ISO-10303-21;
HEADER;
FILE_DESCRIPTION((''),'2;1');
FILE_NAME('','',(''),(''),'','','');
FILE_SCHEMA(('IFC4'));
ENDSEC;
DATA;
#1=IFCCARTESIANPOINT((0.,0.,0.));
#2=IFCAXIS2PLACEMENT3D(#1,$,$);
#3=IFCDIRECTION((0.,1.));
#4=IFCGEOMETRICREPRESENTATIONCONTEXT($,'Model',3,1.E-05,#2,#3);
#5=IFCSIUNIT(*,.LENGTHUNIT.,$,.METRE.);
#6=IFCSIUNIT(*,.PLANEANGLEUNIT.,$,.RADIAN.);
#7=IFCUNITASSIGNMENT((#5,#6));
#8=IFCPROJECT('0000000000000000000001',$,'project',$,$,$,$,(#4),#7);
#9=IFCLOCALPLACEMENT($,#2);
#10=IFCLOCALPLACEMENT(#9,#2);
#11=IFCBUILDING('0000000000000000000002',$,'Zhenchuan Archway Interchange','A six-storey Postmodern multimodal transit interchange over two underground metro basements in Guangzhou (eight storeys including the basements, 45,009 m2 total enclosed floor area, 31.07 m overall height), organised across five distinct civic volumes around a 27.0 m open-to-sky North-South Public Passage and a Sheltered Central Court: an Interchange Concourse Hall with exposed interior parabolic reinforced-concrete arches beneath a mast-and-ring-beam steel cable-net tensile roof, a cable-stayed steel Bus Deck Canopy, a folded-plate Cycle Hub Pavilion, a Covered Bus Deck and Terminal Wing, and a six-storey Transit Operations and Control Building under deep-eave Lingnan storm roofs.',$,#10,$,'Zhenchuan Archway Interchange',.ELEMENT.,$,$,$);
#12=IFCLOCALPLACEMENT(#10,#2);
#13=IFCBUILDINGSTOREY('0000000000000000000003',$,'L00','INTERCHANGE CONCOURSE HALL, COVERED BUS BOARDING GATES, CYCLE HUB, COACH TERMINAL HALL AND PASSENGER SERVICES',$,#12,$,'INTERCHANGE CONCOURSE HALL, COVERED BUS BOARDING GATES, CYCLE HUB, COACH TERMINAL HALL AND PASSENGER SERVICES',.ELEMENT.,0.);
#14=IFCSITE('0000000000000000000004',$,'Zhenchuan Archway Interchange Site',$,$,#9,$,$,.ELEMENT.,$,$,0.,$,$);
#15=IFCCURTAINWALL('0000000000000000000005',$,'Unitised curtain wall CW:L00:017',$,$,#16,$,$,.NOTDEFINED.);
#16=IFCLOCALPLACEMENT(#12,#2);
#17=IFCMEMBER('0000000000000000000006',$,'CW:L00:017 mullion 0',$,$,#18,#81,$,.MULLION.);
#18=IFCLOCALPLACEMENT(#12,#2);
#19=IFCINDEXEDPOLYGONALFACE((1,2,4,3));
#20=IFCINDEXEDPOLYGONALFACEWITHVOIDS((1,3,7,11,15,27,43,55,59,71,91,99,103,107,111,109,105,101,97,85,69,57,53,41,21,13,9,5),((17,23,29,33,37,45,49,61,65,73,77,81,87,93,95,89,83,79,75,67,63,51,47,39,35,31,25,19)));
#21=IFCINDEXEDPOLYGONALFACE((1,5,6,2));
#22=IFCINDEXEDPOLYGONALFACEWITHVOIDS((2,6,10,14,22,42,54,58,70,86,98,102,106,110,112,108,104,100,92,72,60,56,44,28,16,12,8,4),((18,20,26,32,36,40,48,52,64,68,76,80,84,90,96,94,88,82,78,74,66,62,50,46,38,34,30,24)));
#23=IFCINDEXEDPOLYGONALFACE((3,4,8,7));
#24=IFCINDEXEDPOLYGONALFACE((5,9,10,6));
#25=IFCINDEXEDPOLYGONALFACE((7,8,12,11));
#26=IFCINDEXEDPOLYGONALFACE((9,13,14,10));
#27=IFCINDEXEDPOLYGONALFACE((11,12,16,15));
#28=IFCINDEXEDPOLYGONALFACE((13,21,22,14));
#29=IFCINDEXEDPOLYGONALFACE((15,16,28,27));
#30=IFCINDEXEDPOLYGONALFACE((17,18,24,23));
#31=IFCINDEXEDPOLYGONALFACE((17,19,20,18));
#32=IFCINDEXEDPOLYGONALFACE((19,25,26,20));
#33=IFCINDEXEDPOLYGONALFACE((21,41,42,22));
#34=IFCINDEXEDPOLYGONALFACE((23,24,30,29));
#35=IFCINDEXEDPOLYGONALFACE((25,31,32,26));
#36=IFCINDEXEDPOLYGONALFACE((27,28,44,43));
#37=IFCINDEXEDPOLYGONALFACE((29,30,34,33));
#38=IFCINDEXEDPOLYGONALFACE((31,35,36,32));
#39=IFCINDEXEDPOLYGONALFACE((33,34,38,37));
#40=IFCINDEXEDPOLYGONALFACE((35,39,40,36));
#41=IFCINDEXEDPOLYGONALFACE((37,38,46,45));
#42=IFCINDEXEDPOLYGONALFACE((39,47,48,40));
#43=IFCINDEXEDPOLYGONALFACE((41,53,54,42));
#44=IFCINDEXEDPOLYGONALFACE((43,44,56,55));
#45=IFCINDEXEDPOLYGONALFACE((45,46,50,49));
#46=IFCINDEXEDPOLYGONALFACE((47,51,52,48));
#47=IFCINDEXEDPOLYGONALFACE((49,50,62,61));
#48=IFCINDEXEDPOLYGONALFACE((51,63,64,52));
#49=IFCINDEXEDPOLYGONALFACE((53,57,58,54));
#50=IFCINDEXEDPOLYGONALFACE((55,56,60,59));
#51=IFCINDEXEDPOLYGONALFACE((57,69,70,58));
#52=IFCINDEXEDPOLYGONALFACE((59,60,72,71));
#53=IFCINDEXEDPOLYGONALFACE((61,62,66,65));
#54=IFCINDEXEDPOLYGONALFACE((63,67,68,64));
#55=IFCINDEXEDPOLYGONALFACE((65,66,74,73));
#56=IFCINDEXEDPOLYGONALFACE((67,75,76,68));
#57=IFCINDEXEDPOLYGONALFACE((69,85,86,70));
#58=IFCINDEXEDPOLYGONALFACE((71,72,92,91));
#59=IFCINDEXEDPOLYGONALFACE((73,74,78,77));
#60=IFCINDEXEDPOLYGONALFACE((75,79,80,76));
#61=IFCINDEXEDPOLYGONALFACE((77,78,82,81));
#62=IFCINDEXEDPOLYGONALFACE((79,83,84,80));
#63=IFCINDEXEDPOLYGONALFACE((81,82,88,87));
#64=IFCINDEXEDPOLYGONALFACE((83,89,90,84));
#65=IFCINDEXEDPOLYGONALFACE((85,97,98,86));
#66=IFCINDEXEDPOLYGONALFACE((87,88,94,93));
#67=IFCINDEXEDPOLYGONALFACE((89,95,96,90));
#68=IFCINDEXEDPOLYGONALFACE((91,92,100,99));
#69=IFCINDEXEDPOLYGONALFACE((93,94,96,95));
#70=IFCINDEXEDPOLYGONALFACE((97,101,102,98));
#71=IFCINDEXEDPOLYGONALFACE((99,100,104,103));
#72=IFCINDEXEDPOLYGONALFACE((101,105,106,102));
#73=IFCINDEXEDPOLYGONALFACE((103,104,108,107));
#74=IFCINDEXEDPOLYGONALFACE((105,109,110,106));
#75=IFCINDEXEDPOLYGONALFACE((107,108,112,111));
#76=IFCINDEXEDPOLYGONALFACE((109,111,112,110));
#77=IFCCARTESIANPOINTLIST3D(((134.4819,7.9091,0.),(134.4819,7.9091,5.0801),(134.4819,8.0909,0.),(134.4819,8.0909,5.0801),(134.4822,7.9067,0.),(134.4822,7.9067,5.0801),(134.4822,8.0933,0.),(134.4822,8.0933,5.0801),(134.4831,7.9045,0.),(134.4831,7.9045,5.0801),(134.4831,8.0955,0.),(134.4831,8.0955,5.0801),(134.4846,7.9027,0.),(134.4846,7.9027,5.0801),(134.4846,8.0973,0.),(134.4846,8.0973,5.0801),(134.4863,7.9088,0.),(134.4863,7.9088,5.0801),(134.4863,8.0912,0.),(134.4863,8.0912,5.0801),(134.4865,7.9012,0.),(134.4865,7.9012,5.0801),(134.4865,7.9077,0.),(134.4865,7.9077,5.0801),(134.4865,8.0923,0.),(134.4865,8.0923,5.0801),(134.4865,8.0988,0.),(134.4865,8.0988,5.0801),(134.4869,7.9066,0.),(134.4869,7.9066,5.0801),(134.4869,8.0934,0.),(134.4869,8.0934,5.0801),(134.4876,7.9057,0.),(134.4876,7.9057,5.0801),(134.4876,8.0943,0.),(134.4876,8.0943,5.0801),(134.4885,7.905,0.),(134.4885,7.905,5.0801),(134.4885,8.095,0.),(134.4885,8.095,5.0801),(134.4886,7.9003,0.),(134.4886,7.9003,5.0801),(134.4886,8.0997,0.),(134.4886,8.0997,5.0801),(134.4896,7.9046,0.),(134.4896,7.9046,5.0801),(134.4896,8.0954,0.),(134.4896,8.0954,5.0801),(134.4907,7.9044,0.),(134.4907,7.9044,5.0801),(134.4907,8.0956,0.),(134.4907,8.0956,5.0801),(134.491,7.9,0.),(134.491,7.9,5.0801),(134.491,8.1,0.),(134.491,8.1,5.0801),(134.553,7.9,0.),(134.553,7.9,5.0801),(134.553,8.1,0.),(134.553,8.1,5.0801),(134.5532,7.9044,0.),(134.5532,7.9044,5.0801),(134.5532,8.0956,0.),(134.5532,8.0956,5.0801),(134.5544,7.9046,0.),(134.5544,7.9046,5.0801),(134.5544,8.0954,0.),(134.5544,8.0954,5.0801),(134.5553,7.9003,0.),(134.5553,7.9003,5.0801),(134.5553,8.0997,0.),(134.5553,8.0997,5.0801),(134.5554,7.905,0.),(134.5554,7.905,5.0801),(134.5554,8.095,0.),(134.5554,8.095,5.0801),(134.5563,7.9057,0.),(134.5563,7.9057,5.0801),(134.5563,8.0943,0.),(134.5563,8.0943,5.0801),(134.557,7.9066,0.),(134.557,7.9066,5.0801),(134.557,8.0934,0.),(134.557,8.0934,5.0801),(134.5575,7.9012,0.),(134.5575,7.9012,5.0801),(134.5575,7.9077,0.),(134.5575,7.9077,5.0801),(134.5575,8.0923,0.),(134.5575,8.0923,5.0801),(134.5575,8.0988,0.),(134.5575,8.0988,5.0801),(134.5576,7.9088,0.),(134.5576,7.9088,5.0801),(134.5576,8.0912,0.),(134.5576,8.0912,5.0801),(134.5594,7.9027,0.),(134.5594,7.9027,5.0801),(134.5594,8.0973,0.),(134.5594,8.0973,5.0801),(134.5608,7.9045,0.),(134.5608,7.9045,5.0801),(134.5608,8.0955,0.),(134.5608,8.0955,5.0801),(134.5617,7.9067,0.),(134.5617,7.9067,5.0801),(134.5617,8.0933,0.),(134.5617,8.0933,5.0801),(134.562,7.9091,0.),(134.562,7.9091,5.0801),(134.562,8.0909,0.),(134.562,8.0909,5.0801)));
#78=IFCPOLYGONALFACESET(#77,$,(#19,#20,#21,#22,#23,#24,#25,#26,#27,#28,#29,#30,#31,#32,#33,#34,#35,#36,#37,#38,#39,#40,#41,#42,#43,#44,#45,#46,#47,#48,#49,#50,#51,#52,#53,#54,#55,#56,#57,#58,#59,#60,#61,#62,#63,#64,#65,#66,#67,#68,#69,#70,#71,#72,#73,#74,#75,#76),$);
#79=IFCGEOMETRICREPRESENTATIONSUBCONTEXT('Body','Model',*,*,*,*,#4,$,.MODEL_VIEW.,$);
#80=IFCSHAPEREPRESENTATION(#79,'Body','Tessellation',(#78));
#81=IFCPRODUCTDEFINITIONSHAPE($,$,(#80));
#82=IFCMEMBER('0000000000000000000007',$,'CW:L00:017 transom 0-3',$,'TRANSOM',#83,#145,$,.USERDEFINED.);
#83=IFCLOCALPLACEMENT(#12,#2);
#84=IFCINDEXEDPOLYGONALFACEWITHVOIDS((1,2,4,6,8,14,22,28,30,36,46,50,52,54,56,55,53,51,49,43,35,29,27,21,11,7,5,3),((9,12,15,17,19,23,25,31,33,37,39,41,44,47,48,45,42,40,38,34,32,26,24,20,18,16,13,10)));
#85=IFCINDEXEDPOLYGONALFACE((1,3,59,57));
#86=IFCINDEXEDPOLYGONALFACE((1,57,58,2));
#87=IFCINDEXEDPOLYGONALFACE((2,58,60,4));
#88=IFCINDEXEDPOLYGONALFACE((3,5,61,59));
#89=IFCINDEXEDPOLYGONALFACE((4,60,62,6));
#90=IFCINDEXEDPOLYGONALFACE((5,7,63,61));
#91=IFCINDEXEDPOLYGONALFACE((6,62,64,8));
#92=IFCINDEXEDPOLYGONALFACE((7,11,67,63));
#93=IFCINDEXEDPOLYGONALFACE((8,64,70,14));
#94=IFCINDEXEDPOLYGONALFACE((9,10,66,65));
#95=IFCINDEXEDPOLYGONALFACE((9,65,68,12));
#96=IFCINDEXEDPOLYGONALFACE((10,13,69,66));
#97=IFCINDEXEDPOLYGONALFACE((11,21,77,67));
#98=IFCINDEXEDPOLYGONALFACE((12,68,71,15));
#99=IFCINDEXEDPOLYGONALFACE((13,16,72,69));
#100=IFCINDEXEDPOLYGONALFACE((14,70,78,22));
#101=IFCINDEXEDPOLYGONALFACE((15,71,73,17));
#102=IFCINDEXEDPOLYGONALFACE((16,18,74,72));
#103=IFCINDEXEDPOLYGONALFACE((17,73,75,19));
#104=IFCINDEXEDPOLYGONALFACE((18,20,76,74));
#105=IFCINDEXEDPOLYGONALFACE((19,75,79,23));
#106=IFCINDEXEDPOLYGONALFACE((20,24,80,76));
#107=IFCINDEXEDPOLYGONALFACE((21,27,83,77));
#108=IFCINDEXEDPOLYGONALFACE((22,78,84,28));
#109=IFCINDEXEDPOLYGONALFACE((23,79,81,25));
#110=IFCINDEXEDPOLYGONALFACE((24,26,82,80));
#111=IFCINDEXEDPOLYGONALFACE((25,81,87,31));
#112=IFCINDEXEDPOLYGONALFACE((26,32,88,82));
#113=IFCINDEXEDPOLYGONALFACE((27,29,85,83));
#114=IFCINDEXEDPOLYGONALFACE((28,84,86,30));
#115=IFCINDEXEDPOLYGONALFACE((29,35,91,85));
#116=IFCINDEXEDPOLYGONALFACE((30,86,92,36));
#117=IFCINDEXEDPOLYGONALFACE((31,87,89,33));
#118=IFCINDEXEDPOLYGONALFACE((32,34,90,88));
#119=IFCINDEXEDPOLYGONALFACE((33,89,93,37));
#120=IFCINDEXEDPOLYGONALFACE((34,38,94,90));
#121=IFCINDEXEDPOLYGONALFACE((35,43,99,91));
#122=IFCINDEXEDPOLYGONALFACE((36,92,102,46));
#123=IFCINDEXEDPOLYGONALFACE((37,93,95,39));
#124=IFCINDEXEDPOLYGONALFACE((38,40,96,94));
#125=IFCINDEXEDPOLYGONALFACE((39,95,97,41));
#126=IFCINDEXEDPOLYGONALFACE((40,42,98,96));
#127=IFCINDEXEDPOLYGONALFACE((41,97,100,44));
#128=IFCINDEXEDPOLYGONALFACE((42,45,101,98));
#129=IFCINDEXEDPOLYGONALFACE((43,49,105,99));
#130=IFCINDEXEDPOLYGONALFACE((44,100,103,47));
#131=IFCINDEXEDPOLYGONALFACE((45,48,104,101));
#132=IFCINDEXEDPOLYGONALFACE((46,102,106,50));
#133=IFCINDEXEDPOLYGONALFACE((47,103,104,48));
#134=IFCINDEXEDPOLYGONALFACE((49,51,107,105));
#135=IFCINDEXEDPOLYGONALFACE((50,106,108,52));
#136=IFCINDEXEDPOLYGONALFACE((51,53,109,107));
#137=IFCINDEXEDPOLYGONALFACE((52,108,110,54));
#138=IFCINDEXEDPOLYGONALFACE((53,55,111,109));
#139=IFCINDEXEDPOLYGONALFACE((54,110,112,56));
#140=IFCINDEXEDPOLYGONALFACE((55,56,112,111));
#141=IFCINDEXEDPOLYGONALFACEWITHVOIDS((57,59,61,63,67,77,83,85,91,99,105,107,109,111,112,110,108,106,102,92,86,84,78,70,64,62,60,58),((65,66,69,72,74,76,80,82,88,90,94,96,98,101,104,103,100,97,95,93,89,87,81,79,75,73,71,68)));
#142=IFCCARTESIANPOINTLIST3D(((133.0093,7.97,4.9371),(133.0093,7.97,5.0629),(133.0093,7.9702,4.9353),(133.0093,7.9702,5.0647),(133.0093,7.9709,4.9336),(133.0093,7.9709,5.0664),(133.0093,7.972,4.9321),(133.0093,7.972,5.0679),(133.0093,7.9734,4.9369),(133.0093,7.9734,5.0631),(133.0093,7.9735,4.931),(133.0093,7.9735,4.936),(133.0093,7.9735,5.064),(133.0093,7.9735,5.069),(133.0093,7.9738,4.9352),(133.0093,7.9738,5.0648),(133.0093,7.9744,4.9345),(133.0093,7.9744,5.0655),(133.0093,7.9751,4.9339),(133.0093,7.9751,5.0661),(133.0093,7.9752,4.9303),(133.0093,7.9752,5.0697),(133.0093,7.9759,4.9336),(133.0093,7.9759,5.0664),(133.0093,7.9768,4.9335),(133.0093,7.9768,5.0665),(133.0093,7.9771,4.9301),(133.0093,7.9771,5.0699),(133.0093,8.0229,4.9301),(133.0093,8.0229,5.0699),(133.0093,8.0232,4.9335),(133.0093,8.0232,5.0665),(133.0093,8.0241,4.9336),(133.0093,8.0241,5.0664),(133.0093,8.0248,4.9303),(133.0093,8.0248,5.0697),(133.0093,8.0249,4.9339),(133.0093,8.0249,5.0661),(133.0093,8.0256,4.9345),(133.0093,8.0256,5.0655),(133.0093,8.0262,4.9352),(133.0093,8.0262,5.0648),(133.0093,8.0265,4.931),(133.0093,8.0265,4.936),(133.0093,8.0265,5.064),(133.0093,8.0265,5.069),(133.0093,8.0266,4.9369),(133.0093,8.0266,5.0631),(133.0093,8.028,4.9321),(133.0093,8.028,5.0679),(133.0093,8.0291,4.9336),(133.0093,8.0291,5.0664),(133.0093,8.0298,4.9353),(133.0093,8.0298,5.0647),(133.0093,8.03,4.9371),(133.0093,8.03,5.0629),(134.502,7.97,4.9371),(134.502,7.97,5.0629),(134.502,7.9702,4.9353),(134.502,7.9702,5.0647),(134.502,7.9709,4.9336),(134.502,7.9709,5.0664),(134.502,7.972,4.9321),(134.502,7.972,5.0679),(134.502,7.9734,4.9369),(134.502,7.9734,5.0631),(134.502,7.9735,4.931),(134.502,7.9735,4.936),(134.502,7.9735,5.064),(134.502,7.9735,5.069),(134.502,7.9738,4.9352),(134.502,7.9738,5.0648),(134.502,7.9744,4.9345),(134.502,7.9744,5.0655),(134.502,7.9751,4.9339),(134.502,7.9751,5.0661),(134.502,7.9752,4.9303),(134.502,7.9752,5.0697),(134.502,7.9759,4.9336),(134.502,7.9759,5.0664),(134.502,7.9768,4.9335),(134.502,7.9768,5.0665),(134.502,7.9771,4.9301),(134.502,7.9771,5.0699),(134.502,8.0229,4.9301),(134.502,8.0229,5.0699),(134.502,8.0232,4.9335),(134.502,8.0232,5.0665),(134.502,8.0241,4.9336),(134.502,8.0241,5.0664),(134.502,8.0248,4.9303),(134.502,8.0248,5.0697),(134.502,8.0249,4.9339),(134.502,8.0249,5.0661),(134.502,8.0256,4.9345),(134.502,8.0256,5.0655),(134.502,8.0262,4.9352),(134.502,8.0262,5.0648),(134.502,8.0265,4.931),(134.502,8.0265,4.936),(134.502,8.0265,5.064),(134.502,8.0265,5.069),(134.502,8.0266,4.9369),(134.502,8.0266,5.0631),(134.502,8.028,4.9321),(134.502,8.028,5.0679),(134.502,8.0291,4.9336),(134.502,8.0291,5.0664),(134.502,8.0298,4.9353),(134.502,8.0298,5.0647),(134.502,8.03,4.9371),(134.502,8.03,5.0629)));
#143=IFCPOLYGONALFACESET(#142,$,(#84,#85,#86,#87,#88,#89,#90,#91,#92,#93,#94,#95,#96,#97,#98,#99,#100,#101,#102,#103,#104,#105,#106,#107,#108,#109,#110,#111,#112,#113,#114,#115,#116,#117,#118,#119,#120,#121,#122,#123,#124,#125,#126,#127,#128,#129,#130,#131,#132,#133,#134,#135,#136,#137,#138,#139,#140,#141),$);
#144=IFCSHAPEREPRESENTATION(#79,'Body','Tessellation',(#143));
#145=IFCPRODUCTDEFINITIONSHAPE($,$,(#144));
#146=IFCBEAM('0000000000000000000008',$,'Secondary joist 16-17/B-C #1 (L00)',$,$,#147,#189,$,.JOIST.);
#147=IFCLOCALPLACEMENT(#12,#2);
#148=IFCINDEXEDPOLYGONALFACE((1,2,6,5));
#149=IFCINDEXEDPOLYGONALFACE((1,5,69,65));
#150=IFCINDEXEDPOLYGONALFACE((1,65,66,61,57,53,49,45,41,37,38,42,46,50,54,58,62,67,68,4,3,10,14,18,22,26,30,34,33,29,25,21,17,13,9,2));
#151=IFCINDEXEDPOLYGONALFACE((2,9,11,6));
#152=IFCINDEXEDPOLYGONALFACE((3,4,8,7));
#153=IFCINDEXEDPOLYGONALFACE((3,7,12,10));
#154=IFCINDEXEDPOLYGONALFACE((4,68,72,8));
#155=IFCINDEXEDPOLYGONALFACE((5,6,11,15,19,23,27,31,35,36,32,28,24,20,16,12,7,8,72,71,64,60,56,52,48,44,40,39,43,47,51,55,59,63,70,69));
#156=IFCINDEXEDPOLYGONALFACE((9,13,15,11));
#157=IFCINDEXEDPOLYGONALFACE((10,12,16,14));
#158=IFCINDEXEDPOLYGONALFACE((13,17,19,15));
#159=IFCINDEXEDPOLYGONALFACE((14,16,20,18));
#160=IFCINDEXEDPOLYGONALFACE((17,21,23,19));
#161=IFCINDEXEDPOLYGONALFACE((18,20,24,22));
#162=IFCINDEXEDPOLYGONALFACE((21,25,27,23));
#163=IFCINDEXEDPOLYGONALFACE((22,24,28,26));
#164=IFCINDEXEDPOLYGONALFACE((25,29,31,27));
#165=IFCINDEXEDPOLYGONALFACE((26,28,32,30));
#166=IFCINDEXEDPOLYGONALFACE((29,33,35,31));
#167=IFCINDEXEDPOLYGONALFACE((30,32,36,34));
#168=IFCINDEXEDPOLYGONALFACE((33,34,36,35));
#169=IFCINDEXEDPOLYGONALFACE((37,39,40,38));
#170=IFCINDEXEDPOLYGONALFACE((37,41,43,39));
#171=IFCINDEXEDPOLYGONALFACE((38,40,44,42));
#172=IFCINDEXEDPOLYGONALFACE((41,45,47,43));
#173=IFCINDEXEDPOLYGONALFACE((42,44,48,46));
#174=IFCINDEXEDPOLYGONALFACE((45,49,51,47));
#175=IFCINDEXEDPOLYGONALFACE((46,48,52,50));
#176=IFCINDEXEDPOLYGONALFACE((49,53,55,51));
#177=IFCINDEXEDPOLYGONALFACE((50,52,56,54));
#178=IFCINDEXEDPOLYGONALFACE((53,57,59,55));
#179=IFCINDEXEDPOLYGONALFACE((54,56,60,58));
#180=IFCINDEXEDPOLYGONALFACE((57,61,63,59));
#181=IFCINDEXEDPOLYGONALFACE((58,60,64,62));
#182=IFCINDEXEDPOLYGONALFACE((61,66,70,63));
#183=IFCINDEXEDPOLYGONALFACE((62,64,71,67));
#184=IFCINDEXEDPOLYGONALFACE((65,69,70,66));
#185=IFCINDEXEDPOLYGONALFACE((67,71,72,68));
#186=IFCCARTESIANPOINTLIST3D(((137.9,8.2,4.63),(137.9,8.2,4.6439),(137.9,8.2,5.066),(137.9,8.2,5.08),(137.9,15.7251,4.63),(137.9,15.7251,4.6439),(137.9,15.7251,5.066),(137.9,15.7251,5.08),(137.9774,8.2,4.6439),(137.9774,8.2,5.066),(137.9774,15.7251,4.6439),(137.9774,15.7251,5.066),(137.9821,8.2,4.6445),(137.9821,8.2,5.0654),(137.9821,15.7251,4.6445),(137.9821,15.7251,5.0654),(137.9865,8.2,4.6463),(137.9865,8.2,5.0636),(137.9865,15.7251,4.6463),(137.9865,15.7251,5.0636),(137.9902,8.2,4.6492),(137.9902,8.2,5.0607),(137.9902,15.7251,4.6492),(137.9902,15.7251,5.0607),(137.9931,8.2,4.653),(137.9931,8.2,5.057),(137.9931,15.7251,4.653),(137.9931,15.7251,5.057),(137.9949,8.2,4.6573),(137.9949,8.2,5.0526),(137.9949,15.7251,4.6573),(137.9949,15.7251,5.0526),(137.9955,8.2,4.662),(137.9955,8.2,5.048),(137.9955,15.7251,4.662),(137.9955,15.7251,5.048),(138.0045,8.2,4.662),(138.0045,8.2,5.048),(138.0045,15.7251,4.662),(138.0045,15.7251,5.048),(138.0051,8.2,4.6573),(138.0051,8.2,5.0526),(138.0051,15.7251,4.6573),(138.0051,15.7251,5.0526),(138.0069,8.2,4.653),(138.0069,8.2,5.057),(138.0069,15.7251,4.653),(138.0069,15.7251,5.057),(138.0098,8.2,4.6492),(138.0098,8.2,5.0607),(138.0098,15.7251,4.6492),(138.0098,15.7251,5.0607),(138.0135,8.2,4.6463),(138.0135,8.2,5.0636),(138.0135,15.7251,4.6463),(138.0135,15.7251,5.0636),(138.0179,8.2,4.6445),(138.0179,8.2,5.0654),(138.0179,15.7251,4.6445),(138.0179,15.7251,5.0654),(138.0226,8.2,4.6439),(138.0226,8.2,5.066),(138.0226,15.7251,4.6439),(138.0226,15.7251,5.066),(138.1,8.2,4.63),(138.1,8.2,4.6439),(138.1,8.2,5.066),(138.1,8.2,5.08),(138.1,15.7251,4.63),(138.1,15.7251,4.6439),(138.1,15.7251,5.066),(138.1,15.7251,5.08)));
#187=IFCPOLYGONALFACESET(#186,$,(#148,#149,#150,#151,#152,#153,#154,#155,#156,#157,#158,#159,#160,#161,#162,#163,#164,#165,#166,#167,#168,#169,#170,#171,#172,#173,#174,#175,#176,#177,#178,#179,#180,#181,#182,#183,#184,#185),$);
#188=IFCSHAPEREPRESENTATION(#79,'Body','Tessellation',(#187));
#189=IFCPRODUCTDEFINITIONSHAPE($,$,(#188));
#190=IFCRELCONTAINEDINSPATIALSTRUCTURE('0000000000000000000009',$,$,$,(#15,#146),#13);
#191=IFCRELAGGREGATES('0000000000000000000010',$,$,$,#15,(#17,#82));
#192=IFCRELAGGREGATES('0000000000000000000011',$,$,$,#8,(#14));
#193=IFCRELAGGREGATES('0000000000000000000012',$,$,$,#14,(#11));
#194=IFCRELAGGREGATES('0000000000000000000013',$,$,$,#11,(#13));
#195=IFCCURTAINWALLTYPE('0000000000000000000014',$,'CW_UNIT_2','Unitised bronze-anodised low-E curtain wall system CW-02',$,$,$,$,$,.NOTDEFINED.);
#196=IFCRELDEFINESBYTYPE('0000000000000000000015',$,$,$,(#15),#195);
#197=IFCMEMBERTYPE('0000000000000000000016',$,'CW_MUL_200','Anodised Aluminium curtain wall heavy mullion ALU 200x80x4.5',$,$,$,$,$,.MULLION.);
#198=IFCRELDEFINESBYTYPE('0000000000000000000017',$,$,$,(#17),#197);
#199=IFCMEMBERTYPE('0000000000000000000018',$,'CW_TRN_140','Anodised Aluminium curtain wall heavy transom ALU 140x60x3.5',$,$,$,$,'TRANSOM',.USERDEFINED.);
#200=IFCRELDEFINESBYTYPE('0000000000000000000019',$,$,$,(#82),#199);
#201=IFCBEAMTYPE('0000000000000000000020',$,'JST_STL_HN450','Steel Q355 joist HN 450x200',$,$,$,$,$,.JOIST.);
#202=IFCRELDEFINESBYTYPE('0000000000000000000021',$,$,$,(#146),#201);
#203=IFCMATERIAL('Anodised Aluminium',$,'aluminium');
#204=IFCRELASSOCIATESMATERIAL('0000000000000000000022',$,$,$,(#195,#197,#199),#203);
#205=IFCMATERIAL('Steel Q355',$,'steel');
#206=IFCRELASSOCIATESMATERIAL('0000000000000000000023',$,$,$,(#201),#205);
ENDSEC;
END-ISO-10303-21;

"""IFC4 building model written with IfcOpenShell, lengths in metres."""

from ifc_helpers import new_model, si_unit, direction, frame, origin, origin_2d, place, context, subcontext, project, spatial, hollow_rectangle, i_section, extrude, material, material_profile, profile_set, type_object, element, aggregate, save


model = new_model("IFC4")

# Units and contexts
model_context = context("Model", 3, precision=1e-05, world=origin(), true_north=direction((0.0, 1.0)))
body_context = subcontext(model_context, "Body", "Model", "MODEL_VIEW")
ifc_project = project(units=[si_unit("LENGTHUNIT", "METRE"), si_unit("PLANEANGLEUNIT", "RADIAN")], contexts=[model_context])

# Site, building, storey
site_placement = place(None, origin())
site = spatial("IfcSite", under=ifc_project, at=site_placement, Name="Zhenchuan Archway Interchange Site", CompositionType="ELEMENT", RefElevation=0.0)
building_placement = place(site_placement, origin())
building = spatial("IfcBuilding", under=site, at=building_placement, Name="Zhenchuan Archway Interchange", Description="A six-storey Postmodern multimodal transit interchange over two underground metro basements in Guangzhou (eight storeys including the basements, 45,009 m2 total enclosed floor area, 31.07 m overall height), organised across five distinct civic volumes around a 27.0 m open-to-sky North-South Public Passage and a Sheltered Central Court: an Interchange Concourse Hall with exposed interior parabolic reinforced-concrete arches beneath a mast-and-ring-beam steel cable-net tensile roof, a cable-stayed steel Bus Deck Canopy, a folded-plate Cycle Hub Pavilion, a Covered Bus Deck and Terminal Wing, and a six-storey Transit Operations and Control Building under deep-eave Lingnan storm roofs.", LongName="Zhenchuan Archway Interchange", CompositionType="ELEMENT")
storey_placement = place(building_placement, origin())
storey = spatial("IfcBuildingStorey", under=building, at=storey_placement, Name="L00", Description="INTERCHANGE CONCOURSE HALL, COVERED BUS BOARDING GATES, CYCLE HUB, COACH TERMINAL HALL AND PASSENGER SERVICES", LongName="INTERCHANGE CONCOURSE HALL, COVERED BUS BOARDING GATES, CYCLE HUB, COACH TERMINAL HALL AND PASSENGER SERVICES", CompositionType="ELEMENT", Elevation=0.0)

# Curtain wall, members
ifc_material_1 = material(Name="Anodised Aluminium", Category="aluminium")
curtain_wall_type = type_object("IfcCurtainWallType", Name="CW_UNIT_2", Description="Unitised bronze-anodised low-E curtain wall system CW-02", PredefinedType="NOTDEFINED", material=ifc_material_1)
curtain_wall_placement = place(storey_placement, origin())
curtain_wall = element("IfcCurtainWall", 1, at=curtain_wall_placement, inside=storey, type_object=curtain_wall_type, Name="Unitised curtain wall CW:L00:017", PredefinedType="NOTDEFINED")
ifc_material_profile_1 = material_profile(ifc_material_1, hollow_rectangle(XDim=0.0801, YDim=0.2, WallThickness=0.0044, InnerFilletRadius=0.0044, OuterFilletRadius=0.009, at=origin_2d()), Name="ALU 200x80x4.5")
ifc_profile_set_1 = profile_set([ifc_material_profile_1], Name="Anodised Aluminium")
member_type_1 = type_object("IfcMemberType", Name="CW_MUL_200", Description="Anodised Aluminium curtain wall heavy mullion ALU 200x80x4.5", PredefinedType="MULLION", material=ifc_profile_set_1)
member_1_placement = place(storey_placement, frame((134.522, 8.0, 0.0), z_axis=(0.0, 0.0, 1.0), x_axis=(1.0, 0.0, 0.0)))
member_1 = element("IfcMember", 2, at=member_1_placement, type_object=member_type_1, Name="CW:L00:017 mullion 0", PredefinedType="MULLION", context=body_context, shape_type="SweptSolid", body=[
    extrude(hollow_rectangle(XDim=0.0801, YDim=0.2, WallThickness=0.0044, InnerFilletRadius=0.0044, OuterFilletRadius=0.009, at=origin_2d()), origin(), (0.0, 0.0, 1.0), 5.0801),
])
ifc_material_profile_2 = material_profile(ifc_material_1, hollow_rectangle(XDim=0.0601, YDim=0.1399, WallThickness=0.0034, InnerFilletRadius=0.0034, OuterFilletRadius=0.0071, at=origin_2d()), Name="ALU 140x60x3.5")
ifc_profile_set_2 = profile_set([ifc_material_profile_2], Name="Anodised Aluminium")
member_type_2 = type_object("IfcMemberType", Name="CW_TRN_140", Description="Anodised Aluminium curtain wall heavy transom ALU 140x60x3.5", ElementType="TRANSOM", PredefinedType="USERDEFINED", material=ifc_profile_set_2)
member_2_placement = place(storey_placement, frame((134.502, 8.0, 5.0), z_axis=(-1.0, 0.0, 0.0), x_axis=(0.0, -1.0, 0.0)))
member_2 = element("IfcMember", 3, at=member_2_placement, type_object=member_type_2, Name="CW:L00:017 transom 0-3", ObjectType="TRANSOM", PredefinedType="USERDEFINED", context=body_context, shape_type="SweptSolid", body=[
    extrude(hollow_rectangle(XDim=0.0601, YDim=0.1399, WallThickness=0.0034, InnerFilletRadius=0.0034, OuterFilletRadius=0.0071, at=origin_2d()), origin(), (0.0, 0.0, 1.0), 1.4927),
])
aggregate(curtain_wall, [member_1, member_2])

# Beam
ifc_material_2 = material(Name="Steel Q355", Category="steel")
ifc_material_profile_3 = material_profile(ifc_material_2, i_section(OverallWidth=0.2, OverallDepth=0.45, WebThickness=0.009, FlangeThickness=0.0139, FilletRadius=0.0181, at=origin_2d()), Name="HN 450x200")
ifc_profile_set_3 = profile_set([ifc_material_profile_3], Name="Steel Q355")
beam_type_1 = type_object("IfcBeamType", Name="JST_STL_HN450", Description="Steel Q355 joist HN 450x200", PredefinedType="JOIST", material=ifc_profile_set_3)
for number, where, z_axis, x_axis, name in (
    (4, (138.0, 8.2, 4.855), (0.0, 1.0, 0.0), (-1.0, 0.0, 0.0), "Secondary joist 16-17/B-C #1 (L00)"),
):
    element("IfcBeam", number, at=place(storey_placement, frame(where, z_axis=z_axis, x_axis=x_axis)), inside=storey, type_object=beam_type_1, Name=name, PredefinedType="JOIST", context=body_context, shape_type="SweptSolid", body=[
        extrude(i_section(OverallWidth=0.2, OverallDepth=0.45, WebThickness=0.009, FlangeThickness=0.0139, FilletRadius=0.0181, at=origin_2d()), origin(), (0.0, 0.0, 1.0), 7.5251),
    ])

save(model, "model.ifc")
